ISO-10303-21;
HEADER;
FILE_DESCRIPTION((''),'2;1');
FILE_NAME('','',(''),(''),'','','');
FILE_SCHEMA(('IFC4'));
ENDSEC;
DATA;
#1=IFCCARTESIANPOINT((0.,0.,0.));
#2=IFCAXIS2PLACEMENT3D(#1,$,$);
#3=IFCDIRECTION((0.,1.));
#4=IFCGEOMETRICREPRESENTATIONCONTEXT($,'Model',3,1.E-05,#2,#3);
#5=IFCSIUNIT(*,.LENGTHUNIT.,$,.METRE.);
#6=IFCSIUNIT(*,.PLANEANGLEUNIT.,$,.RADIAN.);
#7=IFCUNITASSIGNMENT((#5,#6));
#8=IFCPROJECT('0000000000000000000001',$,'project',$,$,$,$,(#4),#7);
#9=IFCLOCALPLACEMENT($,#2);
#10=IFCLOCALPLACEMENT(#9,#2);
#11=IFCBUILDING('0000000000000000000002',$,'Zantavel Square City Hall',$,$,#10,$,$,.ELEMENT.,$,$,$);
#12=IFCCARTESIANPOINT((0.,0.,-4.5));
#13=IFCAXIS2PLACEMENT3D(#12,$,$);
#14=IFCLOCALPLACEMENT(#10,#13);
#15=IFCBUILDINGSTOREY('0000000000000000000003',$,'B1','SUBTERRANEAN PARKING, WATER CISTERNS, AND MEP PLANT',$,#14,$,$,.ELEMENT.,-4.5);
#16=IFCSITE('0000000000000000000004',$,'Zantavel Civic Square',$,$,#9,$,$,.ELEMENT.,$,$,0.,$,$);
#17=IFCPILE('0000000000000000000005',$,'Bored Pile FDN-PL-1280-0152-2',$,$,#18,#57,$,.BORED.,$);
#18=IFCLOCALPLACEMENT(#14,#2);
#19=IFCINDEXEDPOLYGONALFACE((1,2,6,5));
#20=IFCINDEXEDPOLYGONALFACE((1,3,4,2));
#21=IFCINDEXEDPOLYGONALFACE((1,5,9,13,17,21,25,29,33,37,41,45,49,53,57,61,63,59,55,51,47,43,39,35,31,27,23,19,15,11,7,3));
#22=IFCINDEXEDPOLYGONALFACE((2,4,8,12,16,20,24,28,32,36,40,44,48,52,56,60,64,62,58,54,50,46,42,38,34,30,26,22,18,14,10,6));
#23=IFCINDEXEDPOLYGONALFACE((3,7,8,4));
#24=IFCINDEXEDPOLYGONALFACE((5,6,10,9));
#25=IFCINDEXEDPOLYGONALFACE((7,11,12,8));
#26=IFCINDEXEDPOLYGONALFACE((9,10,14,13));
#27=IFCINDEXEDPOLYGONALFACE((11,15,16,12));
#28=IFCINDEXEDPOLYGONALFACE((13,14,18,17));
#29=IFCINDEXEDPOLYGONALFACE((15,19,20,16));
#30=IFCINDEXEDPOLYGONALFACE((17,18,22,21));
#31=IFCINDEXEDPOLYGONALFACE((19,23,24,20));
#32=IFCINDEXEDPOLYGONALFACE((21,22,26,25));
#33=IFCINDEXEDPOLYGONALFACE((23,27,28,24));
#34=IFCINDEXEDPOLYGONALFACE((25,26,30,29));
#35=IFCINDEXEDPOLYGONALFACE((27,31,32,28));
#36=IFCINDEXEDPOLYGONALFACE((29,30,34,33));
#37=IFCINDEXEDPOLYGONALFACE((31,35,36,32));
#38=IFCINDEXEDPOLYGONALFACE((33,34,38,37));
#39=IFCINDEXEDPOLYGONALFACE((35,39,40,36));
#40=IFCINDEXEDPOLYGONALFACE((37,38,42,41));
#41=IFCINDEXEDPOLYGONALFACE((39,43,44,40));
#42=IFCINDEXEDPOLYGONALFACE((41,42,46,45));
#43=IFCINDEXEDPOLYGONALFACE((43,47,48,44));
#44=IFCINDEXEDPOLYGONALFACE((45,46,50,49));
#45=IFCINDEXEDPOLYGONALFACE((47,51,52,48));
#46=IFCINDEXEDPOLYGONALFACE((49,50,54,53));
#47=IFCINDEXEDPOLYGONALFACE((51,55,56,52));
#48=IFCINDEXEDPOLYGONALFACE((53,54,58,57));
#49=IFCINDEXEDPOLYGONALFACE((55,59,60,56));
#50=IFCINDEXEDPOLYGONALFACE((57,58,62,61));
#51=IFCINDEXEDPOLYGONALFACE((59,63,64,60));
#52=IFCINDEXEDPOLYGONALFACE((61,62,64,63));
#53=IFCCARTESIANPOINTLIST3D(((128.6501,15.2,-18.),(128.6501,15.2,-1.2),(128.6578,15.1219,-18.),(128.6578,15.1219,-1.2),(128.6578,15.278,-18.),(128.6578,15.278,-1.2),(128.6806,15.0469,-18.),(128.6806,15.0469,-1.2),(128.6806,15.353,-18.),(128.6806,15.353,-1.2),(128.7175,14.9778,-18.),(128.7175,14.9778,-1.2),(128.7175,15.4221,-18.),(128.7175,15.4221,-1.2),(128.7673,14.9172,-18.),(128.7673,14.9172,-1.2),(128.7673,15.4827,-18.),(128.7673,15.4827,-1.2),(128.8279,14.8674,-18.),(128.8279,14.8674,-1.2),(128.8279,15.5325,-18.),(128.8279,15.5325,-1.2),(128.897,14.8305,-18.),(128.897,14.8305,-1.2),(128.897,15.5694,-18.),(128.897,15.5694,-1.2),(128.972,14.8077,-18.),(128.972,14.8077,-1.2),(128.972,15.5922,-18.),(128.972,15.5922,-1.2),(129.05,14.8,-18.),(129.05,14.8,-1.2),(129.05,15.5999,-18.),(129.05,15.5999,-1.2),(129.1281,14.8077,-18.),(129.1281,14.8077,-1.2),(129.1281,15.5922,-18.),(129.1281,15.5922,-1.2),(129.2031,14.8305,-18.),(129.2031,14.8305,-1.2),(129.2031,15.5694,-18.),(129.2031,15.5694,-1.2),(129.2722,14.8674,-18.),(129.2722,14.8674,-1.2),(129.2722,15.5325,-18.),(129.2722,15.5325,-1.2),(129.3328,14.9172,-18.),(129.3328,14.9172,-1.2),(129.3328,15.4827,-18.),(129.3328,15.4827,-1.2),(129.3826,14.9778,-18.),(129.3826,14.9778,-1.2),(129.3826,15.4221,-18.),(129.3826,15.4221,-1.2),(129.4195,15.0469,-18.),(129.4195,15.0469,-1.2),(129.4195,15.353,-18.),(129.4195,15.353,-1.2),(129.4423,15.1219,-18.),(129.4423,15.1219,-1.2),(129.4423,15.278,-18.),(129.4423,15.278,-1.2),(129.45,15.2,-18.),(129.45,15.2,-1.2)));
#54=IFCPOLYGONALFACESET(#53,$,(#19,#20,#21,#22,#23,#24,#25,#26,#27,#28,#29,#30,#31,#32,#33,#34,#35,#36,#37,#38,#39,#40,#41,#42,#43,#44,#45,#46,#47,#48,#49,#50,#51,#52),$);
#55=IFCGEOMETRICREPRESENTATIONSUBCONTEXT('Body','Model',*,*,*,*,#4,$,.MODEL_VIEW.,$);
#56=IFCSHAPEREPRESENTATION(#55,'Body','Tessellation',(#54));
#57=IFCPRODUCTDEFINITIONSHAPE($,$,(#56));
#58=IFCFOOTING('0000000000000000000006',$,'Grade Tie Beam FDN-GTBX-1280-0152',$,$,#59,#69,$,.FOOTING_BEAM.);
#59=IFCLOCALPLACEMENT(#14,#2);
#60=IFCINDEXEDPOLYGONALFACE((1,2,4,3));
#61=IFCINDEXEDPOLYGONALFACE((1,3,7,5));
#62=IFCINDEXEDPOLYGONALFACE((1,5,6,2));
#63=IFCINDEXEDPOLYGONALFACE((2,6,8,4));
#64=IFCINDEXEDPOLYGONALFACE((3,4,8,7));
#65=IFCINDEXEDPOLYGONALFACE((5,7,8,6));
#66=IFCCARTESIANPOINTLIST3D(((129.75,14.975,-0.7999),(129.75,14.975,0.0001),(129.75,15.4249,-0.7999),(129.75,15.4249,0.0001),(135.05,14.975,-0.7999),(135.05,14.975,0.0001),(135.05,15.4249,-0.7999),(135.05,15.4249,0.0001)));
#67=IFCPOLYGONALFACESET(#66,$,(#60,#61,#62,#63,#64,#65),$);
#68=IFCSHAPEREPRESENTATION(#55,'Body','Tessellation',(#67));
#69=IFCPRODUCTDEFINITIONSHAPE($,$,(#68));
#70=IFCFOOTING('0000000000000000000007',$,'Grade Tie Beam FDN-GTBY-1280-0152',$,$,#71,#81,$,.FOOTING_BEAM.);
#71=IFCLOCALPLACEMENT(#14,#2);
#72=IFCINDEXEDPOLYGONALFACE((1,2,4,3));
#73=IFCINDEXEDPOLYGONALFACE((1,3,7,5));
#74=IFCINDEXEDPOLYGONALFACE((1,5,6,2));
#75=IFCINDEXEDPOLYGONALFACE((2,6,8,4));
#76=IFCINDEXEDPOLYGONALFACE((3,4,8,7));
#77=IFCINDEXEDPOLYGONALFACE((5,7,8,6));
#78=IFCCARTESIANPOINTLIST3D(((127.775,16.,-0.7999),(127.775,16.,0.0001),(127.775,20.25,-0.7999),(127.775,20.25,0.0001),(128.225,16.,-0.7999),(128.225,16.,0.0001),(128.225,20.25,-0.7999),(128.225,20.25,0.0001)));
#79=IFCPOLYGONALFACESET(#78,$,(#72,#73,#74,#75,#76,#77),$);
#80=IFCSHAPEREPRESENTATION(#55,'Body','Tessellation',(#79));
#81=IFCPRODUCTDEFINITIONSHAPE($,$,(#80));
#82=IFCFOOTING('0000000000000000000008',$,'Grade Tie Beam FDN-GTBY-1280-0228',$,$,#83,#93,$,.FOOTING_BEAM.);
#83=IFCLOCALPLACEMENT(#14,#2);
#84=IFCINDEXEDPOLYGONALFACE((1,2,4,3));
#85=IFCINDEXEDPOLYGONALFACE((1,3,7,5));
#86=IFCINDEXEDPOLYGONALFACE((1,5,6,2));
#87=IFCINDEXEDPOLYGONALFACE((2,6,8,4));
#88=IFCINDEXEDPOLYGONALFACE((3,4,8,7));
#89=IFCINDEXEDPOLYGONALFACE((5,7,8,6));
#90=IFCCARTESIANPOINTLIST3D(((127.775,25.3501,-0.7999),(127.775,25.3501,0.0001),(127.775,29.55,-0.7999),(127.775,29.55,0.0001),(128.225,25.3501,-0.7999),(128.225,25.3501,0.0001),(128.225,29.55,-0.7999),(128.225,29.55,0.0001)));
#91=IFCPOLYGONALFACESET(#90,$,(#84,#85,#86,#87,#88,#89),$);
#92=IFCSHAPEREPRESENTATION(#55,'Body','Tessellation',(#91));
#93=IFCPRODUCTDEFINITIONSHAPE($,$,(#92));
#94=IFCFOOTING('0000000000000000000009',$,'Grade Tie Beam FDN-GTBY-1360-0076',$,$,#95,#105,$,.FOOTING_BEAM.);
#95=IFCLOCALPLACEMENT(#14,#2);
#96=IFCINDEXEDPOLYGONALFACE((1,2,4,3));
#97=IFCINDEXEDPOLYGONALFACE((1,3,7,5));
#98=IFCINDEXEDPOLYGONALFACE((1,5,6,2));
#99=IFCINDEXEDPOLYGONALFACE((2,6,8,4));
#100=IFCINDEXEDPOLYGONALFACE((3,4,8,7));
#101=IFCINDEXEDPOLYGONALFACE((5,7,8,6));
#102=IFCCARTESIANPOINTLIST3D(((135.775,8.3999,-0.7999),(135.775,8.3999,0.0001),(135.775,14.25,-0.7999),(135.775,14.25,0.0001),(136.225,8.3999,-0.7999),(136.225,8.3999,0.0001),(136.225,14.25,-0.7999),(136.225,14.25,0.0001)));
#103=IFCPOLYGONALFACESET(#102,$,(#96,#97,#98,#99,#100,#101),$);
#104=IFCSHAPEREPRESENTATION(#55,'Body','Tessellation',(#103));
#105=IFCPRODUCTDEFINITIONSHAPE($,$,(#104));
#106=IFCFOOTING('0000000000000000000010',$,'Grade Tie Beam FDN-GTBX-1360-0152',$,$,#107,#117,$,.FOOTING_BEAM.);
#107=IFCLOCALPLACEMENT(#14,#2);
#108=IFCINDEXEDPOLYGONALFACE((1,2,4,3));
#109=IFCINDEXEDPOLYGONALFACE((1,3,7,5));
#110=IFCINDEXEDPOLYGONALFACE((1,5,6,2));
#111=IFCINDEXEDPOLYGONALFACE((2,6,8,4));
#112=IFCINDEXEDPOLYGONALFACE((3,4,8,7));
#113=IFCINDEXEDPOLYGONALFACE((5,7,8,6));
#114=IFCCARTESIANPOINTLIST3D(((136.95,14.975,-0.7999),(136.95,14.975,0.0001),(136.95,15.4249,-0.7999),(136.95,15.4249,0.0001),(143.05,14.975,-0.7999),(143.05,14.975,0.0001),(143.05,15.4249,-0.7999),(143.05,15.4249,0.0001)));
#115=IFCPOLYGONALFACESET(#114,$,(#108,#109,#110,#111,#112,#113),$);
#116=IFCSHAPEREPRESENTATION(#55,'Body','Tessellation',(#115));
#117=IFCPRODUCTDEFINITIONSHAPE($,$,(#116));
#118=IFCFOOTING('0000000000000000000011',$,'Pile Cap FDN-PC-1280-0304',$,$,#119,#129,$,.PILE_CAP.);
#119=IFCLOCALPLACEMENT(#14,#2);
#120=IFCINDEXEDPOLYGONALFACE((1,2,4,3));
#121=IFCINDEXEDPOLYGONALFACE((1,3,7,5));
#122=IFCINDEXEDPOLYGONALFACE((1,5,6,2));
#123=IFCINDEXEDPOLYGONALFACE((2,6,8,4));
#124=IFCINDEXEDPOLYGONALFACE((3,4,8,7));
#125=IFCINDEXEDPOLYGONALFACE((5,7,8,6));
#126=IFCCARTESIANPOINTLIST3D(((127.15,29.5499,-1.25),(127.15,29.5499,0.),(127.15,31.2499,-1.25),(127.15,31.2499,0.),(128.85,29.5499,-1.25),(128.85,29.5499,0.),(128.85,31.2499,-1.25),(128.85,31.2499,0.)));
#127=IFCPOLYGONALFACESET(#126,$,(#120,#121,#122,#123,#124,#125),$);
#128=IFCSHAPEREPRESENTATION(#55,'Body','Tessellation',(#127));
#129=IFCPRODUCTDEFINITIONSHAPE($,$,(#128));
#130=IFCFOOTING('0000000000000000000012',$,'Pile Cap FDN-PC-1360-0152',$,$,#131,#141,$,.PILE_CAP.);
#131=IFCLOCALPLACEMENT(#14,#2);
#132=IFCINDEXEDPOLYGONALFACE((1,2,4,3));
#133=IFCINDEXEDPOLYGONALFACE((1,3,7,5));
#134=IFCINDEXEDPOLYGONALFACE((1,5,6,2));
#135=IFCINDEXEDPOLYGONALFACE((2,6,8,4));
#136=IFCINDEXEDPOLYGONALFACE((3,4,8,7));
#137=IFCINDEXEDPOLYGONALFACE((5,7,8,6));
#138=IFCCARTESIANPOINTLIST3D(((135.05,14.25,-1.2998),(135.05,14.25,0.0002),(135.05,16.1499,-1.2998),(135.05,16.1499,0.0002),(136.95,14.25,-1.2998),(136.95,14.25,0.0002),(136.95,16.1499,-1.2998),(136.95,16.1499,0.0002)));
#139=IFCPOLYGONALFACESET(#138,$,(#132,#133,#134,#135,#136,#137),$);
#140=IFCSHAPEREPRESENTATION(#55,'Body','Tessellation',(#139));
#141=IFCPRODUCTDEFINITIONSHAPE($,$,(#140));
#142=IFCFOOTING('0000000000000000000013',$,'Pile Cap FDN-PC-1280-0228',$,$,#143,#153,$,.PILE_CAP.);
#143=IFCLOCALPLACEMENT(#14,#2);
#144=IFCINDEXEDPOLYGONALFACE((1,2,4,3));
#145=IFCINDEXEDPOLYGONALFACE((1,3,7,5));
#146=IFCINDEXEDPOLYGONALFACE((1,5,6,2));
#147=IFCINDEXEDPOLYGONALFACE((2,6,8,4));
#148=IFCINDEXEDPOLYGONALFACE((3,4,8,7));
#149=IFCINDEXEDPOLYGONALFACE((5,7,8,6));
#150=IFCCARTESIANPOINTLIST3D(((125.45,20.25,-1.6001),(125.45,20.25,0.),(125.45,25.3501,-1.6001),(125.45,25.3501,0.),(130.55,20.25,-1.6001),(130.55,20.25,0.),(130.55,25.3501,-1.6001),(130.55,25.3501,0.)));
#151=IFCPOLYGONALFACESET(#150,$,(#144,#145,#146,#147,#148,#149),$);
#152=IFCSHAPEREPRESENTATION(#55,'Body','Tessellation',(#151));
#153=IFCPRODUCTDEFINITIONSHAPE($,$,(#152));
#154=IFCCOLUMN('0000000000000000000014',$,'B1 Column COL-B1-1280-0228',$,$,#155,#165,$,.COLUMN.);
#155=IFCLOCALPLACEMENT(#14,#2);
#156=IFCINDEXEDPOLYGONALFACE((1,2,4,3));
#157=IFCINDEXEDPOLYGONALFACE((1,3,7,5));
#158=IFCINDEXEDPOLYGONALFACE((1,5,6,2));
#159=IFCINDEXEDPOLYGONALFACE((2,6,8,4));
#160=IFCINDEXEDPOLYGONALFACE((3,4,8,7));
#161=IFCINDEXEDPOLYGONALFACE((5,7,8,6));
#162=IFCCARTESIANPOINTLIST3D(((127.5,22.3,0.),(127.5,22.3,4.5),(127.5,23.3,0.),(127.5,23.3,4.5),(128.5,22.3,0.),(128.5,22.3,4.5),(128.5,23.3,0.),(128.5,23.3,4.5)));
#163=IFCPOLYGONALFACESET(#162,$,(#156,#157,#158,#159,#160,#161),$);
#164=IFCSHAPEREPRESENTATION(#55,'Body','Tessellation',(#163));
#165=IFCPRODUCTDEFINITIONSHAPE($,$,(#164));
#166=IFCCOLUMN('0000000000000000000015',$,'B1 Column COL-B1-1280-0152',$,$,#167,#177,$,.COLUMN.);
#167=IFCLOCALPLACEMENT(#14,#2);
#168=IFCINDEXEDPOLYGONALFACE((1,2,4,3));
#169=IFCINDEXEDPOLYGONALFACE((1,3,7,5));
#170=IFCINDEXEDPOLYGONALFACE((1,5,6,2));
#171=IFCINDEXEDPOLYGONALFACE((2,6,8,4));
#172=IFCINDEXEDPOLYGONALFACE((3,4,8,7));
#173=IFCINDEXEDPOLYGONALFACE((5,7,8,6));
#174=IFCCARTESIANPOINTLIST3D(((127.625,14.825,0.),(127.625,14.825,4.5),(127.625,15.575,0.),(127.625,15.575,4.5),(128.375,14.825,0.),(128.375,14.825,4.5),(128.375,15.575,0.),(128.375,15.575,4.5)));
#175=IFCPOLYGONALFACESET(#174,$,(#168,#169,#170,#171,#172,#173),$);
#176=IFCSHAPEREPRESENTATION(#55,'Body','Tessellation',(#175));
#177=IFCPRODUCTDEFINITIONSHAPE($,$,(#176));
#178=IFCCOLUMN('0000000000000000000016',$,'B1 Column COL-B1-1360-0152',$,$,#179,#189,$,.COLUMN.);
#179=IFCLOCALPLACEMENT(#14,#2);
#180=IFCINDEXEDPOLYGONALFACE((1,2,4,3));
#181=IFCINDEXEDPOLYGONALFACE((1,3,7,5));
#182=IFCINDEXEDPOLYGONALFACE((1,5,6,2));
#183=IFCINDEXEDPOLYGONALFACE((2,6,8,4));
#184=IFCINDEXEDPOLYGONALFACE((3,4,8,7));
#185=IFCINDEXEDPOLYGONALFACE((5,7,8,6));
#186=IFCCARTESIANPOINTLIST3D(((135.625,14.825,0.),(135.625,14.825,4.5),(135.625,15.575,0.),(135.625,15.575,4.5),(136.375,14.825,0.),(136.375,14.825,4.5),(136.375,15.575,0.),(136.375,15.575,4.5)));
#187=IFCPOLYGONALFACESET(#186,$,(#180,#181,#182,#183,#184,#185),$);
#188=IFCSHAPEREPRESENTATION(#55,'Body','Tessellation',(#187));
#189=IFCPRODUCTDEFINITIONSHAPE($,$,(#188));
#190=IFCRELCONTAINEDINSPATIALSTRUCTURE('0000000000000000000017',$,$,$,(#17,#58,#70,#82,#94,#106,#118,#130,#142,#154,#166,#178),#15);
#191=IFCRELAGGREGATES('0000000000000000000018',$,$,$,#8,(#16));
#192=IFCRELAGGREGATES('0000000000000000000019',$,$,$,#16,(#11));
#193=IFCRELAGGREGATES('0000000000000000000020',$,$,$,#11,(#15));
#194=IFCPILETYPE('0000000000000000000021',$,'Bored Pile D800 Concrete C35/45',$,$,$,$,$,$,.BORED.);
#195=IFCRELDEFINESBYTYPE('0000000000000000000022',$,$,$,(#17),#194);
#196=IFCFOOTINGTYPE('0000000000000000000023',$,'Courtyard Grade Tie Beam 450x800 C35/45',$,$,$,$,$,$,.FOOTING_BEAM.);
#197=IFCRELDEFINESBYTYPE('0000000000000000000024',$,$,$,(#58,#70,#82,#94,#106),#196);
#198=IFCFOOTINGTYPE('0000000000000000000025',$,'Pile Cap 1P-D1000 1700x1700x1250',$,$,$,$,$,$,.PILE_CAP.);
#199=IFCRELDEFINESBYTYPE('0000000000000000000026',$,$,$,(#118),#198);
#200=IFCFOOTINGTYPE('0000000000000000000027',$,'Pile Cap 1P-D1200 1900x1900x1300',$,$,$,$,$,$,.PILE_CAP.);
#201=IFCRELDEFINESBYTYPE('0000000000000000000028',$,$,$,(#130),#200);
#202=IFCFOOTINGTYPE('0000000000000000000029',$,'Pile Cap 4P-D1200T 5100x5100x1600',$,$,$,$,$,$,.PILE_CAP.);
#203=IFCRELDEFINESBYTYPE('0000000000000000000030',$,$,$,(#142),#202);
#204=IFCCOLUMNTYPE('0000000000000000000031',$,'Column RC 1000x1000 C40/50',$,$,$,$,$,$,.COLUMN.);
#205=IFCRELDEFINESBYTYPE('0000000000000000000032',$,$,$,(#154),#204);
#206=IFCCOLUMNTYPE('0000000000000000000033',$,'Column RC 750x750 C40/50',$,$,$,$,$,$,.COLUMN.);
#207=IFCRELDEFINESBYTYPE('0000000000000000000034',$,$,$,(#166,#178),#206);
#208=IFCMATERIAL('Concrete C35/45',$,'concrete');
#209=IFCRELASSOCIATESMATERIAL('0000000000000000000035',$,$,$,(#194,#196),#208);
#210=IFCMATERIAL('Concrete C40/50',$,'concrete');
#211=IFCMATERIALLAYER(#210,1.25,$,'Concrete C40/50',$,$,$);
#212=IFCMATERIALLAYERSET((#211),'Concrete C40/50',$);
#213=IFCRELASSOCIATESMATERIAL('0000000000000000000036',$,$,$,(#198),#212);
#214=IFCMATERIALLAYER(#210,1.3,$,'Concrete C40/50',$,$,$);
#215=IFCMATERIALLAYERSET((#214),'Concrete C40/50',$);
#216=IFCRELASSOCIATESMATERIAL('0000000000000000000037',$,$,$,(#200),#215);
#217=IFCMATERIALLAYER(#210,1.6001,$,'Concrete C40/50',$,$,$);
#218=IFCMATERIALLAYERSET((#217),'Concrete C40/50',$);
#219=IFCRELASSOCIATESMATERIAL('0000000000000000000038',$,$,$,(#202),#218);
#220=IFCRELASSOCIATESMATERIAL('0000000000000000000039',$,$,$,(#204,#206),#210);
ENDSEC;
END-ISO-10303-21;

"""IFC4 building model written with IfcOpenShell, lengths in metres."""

from ifc_helpers import new_model, si_unit, direction, frame, origin, origin_2d, place, context, subcontext, project, spatial, rectangle, circle, extrude, material, layer, layer_set, material_profile, profile_set, type_object, element, save


model = new_model("IFC4")

# Units and contexts
model_context = context("Model", 3, precision=1e-05, world=origin(), true_north=direction((0.0, 1.0)))
body_context = subcontext(model_context, "Body", "Model", "MODEL_VIEW")
ifc_project = project(units=[si_unit("LENGTHUNIT", "METRE"), si_unit("PLANEANGLEUNIT", "RADIAN")], contexts=[model_context])

# Site, building, storey
site_placement = place(None, origin())
site = spatial("IfcSite", under=ifc_project, at=site_placement, Name="Zantavel Civic Square", CompositionType="ELEMENT", RefElevation=0.0)
building_placement = place(site_placement, origin())
building = spatial("IfcBuilding", under=site, at=building_placement, Name="Zantavel Square City Hall", CompositionType="ELEMENT")
storey_placement = place(building_placement, frame((0.0, 0.0, -4.5)))
storey = spatial("IfcBuildingStorey", under=building, at=storey_placement, Name="B1", Description="SUBTERRANEAN PARKING, WATER CISTERNS, AND MEP PLANT", CompositionType="ELEMENT", Elevation=-4.5)

# Pile
ifc_material_1 = material(Name="Concrete C35/45", Category="concrete")
ifc_material_profile_1 = material_profile(ifc_material_1, circle(Radius=0.3999, at=origin_2d()), Name="PILE D800")
ifc_profile_set_1 = profile_set([ifc_material_profile_1], Name="Concrete C35/45")
pile_type_1 = type_object("IfcPileType", Name="Bored Pile D800 Concrete C35/45", PredefinedType="BORED", material=ifc_profile_set_1)
pile_1_placement = place(storey_placement, frame((129.05, 15.2, -1.2), z_axis=(0.0, 0.0, -1.0), x_axis=(1.0, 0.0, 0.0)))
element("IfcPile", 1, at=pile_1_placement, inside=storey, type_object=pile_type_1, Name="Bored Pile FDN-PL-1280-0152-2", PredefinedType="BORED", context=body_context, shape_type="SweptSolid", body=[
    extrude(circle(Radius=0.3999, at=origin_2d()), origin(), (0.0, 0.0, 1.0), 16.8),
])

# Footings
ifc_material_profile_2 = material_profile(ifc_material_1, rectangle(XDim=0.45, YDim=0.8, at=origin_2d()), Name="RC 450x800")
ifc_profile_set_2 = profile_set([ifc_material_profile_2], Name="Concrete C35/45")
footing_type_1 = type_object("IfcFootingType", Name="Courtyard Grade Tie Beam 450x800 C35/45", PredefinedType="FOOTING_BEAM", material=ifc_profile_set_2)
footing_1_placement = place(storey_placement, frame((129.75, 15.2, -0.3999), z_axis=(1.0, 0.0, 0.0), x_axis=(0.0, 1.0, 0.0)))
element("IfcFooting", 2, at=footing_1_placement, inside=storey, type_object=footing_type_1, Name="Grade Tie Beam FDN-GTBX-1280-0152", PredefinedType="FOOTING_BEAM", context=body_context, shape_type="SweptSolid", body=[
    extrude(rectangle(XDim=0.45, YDim=0.8, at=origin_2d()), origin(), (0.0, 0.0, 1.0), 5.3),
])
footing_2_placement = place(storey_placement, frame((128.0, 16.0, -0.3999), z_axis=(0.0, 1.0, 0.0), x_axis=(-1.0, 0.0, 0.0)))
element("IfcFooting", 3, at=footing_2_placement, inside=storey, type_object=footing_type_1, Name="Grade Tie Beam FDN-GTBY-1280-0152", PredefinedType="FOOTING_BEAM", context=body_context, shape_type="SweptSolid", body=[
    extrude(rectangle(XDim=0.45, YDim=0.8, at=origin_2d()), origin(), (0.0, 0.0, 1.0), 4.25),
])
footing_3_placement = place(storey_placement, frame((128.0, 25.3501, -0.3999), z_axis=(0.0, 1.0, 0.0), x_axis=(-1.0, 0.0, 0.0)))
element("IfcFooting", 4, at=footing_3_placement, inside=storey, type_object=footing_type_1, Name="Grade Tie Beam FDN-GTBY-1280-0228", PredefinedType="FOOTING_BEAM", context=body_context, shape_type="SweptSolid", body=[
    extrude(rectangle(XDim=0.45, YDim=0.8, at=origin_2d()), origin(), (0.0, 0.0, 1.0), 4.2),
])
footing_4_placement = place(storey_placement, frame((136.0, 8.3999, -0.3999), z_axis=(0.0, 1.0, 0.0), x_axis=(-1.0, 0.0, 0.0)))
element("IfcFooting", 5, at=footing_4_placement, inside=storey, type_object=footing_type_1, Name="Grade Tie Beam FDN-GTBY-1360-0076", PredefinedType="FOOTING_BEAM", context=body_context, shape_type="SweptSolid", body=[
    extrude(rectangle(XDim=0.45, YDim=0.8, at=origin_2d()), origin(), (0.0, 0.0, 1.0), 5.8501),
])
footing_5_placement = place(storey_placement, frame((136.95, 15.2, -0.3999), z_axis=(1.0, 0.0, 0.0), x_axis=(0.0, 1.0, 0.0)))
element("IfcFooting", 6, at=footing_5_placement, inside=storey, type_object=footing_type_1, Name="Grade Tie Beam FDN-GTBX-1360-0152", PredefinedType="FOOTING_BEAM", context=body_context, shape_type="SweptSolid", body=[
    extrude(rectangle(XDim=0.45, YDim=0.8, at=origin_2d()), origin(), (0.0, 0.0, 1.0), 6.1001),
])
ifc_material_2 = material(Name="Concrete C40/50", Category="concrete")
ifc_layer_1 = layer(ifc_material_2, 1.25, Name="Concrete C40/50")
ifc_layer_set_1 = layer_set([ifc_layer_1], Name="Concrete C40/50")
footing_type_2 = type_object("IfcFootingType", Name="Pile Cap 1P-D1000 1700x1700x1250", PredefinedType="PILE_CAP", material=ifc_layer_set_1)
footing_6_placement = place(storey_placement, frame((128.0, 30.3999, -1.25), z_axis=(0.0, 0.0, 1.0), x_axis=(1.0, 0.0, 0.0)))
element("IfcFooting", 7, at=footing_6_placement, inside=storey, type_object=footing_type_2, Name="Pile Cap FDN-PC-1280-0304", PredefinedType="PILE_CAP", context=body_context, shape_type="SweptSolid", body=[
    extrude(rectangle(XDim=1.7, YDim=1.7, at=origin_2d()), origin(), (0.0, 0.0, 1.0), 1.25),
])
ifc_layer_2 = layer(ifc_material_2, 1.3, Name="Concrete C40/50")
ifc_layer_set_2 = layer_set([ifc_layer_2], Name="Concrete C40/50")
footing_type_3 = type_object("IfcFootingType", Name="Pile Cap 1P-D1200 1900x1900x1300", PredefinedType="PILE_CAP", material=ifc_layer_set_2)
footing_7_placement = place(storey_placement, frame((136.0, 15.2, -1.2998), z_axis=(0.0, 0.0, 1.0), x_axis=(1.0, 0.0, 0.0)))
element("IfcFooting", 8, at=footing_7_placement, inside=storey, type_object=footing_type_3, Name="Pile Cap FDN-PC-1360-0152", PredefinedType="PILE_CAP", context=body_context, shape_type="SweptSolid", body=[
    extrude(rectangle(XDim=1.8999, YDim=1.8999, at=origin_2d()), origin(), (0.0, 0.0, 1.0), 1.3),
])
ifc_layer_3 = layer(ifc_material_2, 1.6001, Name="Concrete C40/50")
ifc_layer_set_3 = layer_set([ifc_layer_3], Name="Concrete C40/50")
footing_type_4 = type_object("IfcFootingType", Name="Pile Cap 4P-D1200T 5100x5100x1600", PredefinedType="PILE_CAP", material=ifc_layer_set_3)
footing_8_placement = place(storey_placement, frame((128.0, 22.8, -1.6001), z_axis=(0.0, 0.0, 1.0), x_axis=(1.0, 0.0, 0.0)))
element("IfcFooting", 9, at=footing_8_placement, inside=storey, type_object=footing_type_4, Name="Pile Cap FDN-PC-1280-0228", PredefinedType="PILE_CAP", context=body_context, shape_type="SweptSolid", body=[
    extrude(rectangle(XDim=5.1001, YDim=5.1001, at=origin_2d()), origin(), (0.0, 0.0, 1.0), 1.6001),
])

# Columns
ifc_material_profile_3 = material_profile(ifc_material_2, rectangle(XDim=1.0, YDim=1.0, at=origin_2d()), Name="RC 1000x1000")
ifc_profile_set_3 = profile_set([ifc_material_profile_3], Name="Concrete C40/50")
column_type_1 = type_object("IfcColumnType", Name="Column RC 1000x1000 C40/50", PredefinedType="COLUMN", material=ifc_profile_set_3)
column_placement = place(storey_placement, frame((128.0, 22.8, 0.0), z_axis=(0.0, 0.0, 1.0), x_axis=(1.0, 0.0, 0.0)))
element("IfcColumn", 10, at=column_placement, inside=storey, type_object=column_type_1, Name="B1 Column COL-B1-1280-0228", PredefinedType="COLUMN", context=body_context, shape_type="SweptSolid", body=[
    extrude(rectangle(XDim=1.0, YDim=1.0, at=origin_2d()), origin(), (0.0, 0.0, 1.0), 4.5),
])
ifc_material_profile_4 = material_profile(ifc_material_2, rectangle(XDim=0.75, YDim=0.75, at=origin_2d()), Name="RC 750x750")
ifc_profile_set_4 = profile_set([ifc_material_profile_4], Name="Concrete C40/50")
column_type_2 = type_object("IfcColumnType", Name="Column RC 750x750 C40/50", PredefinedType="COLUMN", material=ifc_profile_set_4)
for number, where, z_axis, x_axis, name in (
    (11, (128.0, 15.2, 0.0), (0.0, 0.0, 1.0), (1.0, 0.0, 0.0), "B1 Column COL-B1-1280-0152"),
    (12, (136.0, 15.2, 0.0), (0.0, 0.0, 1.0), (1.0, 0.0, 0.0), "B1 Column COL-B1-1360-0152"),
):
    element("IfcColumn", number, at=place(storey_placement, frame(where, z_axis=z_axis, x_axis=x_axis)), inside=storey, type_object=column_type_2, Name=name, PredefinedType="COLUMN", context=body_context, shape_type="SweptSolid", body=[
        extrude(rectangle(XDim=0.75, YDim=0.75, at=origin_2d()), origin(), (0.0, 0.0, 1.0), 4.5),
    ])

save(model, "model.ifc")
